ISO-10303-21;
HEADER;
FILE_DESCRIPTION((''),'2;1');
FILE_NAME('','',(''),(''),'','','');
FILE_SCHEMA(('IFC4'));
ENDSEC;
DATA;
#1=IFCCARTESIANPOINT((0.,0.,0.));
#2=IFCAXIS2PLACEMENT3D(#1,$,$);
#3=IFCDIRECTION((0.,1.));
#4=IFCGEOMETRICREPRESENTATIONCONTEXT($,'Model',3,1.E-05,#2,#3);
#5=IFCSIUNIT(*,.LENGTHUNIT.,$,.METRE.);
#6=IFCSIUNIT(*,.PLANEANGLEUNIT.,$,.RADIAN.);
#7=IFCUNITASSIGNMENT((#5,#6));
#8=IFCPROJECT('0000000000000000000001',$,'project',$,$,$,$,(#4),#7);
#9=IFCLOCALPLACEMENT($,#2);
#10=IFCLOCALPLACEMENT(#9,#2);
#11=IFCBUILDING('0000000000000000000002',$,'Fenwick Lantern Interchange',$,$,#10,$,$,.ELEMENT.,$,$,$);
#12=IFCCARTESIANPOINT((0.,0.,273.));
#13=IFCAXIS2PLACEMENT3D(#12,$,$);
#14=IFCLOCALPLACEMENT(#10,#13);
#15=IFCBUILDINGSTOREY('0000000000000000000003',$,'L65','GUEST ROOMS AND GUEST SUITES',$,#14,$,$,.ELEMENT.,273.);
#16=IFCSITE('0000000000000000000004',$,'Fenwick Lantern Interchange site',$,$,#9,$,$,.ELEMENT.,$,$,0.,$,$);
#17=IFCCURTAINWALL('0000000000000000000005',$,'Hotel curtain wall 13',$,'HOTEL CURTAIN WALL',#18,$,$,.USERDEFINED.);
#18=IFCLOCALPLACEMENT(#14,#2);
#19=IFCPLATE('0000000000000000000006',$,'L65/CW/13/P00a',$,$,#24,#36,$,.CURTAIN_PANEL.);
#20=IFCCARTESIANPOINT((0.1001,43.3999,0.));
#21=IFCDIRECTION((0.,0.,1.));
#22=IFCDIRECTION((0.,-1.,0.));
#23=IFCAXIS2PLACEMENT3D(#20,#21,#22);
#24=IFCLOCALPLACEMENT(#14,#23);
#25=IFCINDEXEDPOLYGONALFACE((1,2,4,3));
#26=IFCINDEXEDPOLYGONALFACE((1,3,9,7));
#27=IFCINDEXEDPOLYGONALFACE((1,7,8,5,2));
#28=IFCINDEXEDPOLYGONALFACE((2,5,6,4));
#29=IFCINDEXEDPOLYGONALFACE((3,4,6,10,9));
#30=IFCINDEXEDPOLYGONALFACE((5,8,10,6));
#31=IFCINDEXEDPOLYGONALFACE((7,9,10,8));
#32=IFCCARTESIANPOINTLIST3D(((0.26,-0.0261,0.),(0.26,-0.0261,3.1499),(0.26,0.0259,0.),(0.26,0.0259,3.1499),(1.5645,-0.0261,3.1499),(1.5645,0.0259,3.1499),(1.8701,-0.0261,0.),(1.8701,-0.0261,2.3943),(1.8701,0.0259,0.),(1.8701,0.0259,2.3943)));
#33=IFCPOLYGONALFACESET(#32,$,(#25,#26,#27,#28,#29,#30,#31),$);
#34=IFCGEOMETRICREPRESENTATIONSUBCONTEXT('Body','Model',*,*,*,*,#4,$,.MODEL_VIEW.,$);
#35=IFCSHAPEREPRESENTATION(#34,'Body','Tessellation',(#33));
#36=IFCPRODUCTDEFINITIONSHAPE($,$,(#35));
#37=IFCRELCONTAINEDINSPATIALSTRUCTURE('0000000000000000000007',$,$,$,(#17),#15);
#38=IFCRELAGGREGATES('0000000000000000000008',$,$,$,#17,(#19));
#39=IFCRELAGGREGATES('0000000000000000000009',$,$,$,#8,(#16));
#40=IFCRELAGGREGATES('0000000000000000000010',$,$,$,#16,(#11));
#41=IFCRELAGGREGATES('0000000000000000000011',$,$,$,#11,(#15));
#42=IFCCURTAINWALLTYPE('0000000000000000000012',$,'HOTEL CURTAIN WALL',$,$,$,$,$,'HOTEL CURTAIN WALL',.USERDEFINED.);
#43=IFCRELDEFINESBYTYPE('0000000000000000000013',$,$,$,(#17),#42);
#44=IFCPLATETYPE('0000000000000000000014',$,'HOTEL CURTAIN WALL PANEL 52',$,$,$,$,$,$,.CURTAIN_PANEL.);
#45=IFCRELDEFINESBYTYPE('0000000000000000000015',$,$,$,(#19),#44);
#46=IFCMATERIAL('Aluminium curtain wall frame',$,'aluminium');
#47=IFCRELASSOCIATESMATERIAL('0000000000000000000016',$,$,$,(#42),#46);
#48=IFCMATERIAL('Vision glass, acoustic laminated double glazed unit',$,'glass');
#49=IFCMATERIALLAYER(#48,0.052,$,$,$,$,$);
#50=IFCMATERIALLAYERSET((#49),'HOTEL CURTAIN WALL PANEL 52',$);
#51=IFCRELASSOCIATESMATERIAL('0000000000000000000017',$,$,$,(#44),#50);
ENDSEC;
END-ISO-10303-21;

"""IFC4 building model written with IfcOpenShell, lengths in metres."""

from ifc_helpers import new_model, si_unit, direction, frame, origin, place, context, subcontext, project, spatial, polyline, outline, extrude, material, layer, layer_set, type_object, element, aggregate, save


model = new_model("IFC4")

# Units and contexts
model_context = context("Model", 3, precision=1e-05, world=origin(), true_north=direction((0.0, 1.0)))
body_context = subcontext(model_context, "Body", "Model", "MODEL_VIEW")
ifc_project = project(units=[si_unit("LENGTHUNIT", "METRE"), si_unit("PLANEANGLEUNIT", "RADIAN")], contexts=[model_context])

# Site, building, storey
site_placement = place(None, origin())
site = spatial("IfcSite", under=ifc_project, at=site_placement, Name="Fenwick Lantern Interchange site", CompositionType="ELEMENT", RefElevation=0.0)
building_placement = place(site_placement, origin())
building = spatial("IfcBuilding", under=site, at=building_placement, Name="Fenwick Lantern Interchange", CompositionType="ELEMENT")
storey_placement = place(building_placement, frame((0.0, 0.0, 273.0)))
storey = spatial("IfcBuildingStorey", under=building, at=storey_placement, Name="L65", Description="GUEST ROOMS AND GUEST SUITES", CompositionType="ELEMENT", Elevation=273.0)

# Curtain wall
ifc_material_1 = material(Name="Aluminium curtain wall frame", Category="aluminium")
curtain_wall_type = type_object("IfcCurtainWallType", Name="HOTEL CURTAIN WALL", ElementType="HOTEL CURTAIN WALL", PredefinedType="USERDEFINED", material=ifc_material_1)
curtain_wall_placement = place(storey_placement, origin())
curtain_wall = element("IfcCurtainWall", 1, at=curtain_wall_placement, inside=storey, type_object=curtain_wall_type, Name="Hotel curtain wall 13", ObjectType="HOTEL CURTAIN WALL", PredefinedType="USERDEFINED")

# Plate
ifc_material_2 = material(Name="Vision glass, acoustic laminated double glazed unit", Category="glass")
ifc_layer_1 = layer(ifc_material_2, 0.052)
ifc_layer_set_1 = layer_set([ifc_layer_1], Name="HOTEL CURTAIN WALL PANEL 52")
plate_type = type_object("IfcPlateType", Name="HOTEL CURTAIN WALL PANEL 52", PredefinedType="CURTAIN_PANEL", material=ifc_layer_set_1)
plate_placement = place(storey_placement, frame((0.1001, 43.3999, 0.0), z_axis=(0.0, 0.0, 1.0), x_axis=(0.0, -1.0, 0.0)))
plate = element("IfcPlate", 2, at=plate_placement, type_object=plate_type, Name="L65/CW/13/P00a", PredefinedType="CURTAIN_PANEL", context=body_context, shape_type="SweptSolid", body=[
    extrude(outline(polyline([(0.26, 0.0), (1.8701, 0.0), (1.8701, 2.3943), (1.5645, 3.1499), (0.26, 3.1499), (0.26, 0.0)])), frame((0.0, 0.0259, 0.0), z_axis=(0.0, -1.0, 0.0), x_axis=(1.0, 0.0, 0.0)), (0.0, 0.0, 1.0), 0.052),
])
aggregate(curtain_wall, [plate])

save(model, "model.ifc")
